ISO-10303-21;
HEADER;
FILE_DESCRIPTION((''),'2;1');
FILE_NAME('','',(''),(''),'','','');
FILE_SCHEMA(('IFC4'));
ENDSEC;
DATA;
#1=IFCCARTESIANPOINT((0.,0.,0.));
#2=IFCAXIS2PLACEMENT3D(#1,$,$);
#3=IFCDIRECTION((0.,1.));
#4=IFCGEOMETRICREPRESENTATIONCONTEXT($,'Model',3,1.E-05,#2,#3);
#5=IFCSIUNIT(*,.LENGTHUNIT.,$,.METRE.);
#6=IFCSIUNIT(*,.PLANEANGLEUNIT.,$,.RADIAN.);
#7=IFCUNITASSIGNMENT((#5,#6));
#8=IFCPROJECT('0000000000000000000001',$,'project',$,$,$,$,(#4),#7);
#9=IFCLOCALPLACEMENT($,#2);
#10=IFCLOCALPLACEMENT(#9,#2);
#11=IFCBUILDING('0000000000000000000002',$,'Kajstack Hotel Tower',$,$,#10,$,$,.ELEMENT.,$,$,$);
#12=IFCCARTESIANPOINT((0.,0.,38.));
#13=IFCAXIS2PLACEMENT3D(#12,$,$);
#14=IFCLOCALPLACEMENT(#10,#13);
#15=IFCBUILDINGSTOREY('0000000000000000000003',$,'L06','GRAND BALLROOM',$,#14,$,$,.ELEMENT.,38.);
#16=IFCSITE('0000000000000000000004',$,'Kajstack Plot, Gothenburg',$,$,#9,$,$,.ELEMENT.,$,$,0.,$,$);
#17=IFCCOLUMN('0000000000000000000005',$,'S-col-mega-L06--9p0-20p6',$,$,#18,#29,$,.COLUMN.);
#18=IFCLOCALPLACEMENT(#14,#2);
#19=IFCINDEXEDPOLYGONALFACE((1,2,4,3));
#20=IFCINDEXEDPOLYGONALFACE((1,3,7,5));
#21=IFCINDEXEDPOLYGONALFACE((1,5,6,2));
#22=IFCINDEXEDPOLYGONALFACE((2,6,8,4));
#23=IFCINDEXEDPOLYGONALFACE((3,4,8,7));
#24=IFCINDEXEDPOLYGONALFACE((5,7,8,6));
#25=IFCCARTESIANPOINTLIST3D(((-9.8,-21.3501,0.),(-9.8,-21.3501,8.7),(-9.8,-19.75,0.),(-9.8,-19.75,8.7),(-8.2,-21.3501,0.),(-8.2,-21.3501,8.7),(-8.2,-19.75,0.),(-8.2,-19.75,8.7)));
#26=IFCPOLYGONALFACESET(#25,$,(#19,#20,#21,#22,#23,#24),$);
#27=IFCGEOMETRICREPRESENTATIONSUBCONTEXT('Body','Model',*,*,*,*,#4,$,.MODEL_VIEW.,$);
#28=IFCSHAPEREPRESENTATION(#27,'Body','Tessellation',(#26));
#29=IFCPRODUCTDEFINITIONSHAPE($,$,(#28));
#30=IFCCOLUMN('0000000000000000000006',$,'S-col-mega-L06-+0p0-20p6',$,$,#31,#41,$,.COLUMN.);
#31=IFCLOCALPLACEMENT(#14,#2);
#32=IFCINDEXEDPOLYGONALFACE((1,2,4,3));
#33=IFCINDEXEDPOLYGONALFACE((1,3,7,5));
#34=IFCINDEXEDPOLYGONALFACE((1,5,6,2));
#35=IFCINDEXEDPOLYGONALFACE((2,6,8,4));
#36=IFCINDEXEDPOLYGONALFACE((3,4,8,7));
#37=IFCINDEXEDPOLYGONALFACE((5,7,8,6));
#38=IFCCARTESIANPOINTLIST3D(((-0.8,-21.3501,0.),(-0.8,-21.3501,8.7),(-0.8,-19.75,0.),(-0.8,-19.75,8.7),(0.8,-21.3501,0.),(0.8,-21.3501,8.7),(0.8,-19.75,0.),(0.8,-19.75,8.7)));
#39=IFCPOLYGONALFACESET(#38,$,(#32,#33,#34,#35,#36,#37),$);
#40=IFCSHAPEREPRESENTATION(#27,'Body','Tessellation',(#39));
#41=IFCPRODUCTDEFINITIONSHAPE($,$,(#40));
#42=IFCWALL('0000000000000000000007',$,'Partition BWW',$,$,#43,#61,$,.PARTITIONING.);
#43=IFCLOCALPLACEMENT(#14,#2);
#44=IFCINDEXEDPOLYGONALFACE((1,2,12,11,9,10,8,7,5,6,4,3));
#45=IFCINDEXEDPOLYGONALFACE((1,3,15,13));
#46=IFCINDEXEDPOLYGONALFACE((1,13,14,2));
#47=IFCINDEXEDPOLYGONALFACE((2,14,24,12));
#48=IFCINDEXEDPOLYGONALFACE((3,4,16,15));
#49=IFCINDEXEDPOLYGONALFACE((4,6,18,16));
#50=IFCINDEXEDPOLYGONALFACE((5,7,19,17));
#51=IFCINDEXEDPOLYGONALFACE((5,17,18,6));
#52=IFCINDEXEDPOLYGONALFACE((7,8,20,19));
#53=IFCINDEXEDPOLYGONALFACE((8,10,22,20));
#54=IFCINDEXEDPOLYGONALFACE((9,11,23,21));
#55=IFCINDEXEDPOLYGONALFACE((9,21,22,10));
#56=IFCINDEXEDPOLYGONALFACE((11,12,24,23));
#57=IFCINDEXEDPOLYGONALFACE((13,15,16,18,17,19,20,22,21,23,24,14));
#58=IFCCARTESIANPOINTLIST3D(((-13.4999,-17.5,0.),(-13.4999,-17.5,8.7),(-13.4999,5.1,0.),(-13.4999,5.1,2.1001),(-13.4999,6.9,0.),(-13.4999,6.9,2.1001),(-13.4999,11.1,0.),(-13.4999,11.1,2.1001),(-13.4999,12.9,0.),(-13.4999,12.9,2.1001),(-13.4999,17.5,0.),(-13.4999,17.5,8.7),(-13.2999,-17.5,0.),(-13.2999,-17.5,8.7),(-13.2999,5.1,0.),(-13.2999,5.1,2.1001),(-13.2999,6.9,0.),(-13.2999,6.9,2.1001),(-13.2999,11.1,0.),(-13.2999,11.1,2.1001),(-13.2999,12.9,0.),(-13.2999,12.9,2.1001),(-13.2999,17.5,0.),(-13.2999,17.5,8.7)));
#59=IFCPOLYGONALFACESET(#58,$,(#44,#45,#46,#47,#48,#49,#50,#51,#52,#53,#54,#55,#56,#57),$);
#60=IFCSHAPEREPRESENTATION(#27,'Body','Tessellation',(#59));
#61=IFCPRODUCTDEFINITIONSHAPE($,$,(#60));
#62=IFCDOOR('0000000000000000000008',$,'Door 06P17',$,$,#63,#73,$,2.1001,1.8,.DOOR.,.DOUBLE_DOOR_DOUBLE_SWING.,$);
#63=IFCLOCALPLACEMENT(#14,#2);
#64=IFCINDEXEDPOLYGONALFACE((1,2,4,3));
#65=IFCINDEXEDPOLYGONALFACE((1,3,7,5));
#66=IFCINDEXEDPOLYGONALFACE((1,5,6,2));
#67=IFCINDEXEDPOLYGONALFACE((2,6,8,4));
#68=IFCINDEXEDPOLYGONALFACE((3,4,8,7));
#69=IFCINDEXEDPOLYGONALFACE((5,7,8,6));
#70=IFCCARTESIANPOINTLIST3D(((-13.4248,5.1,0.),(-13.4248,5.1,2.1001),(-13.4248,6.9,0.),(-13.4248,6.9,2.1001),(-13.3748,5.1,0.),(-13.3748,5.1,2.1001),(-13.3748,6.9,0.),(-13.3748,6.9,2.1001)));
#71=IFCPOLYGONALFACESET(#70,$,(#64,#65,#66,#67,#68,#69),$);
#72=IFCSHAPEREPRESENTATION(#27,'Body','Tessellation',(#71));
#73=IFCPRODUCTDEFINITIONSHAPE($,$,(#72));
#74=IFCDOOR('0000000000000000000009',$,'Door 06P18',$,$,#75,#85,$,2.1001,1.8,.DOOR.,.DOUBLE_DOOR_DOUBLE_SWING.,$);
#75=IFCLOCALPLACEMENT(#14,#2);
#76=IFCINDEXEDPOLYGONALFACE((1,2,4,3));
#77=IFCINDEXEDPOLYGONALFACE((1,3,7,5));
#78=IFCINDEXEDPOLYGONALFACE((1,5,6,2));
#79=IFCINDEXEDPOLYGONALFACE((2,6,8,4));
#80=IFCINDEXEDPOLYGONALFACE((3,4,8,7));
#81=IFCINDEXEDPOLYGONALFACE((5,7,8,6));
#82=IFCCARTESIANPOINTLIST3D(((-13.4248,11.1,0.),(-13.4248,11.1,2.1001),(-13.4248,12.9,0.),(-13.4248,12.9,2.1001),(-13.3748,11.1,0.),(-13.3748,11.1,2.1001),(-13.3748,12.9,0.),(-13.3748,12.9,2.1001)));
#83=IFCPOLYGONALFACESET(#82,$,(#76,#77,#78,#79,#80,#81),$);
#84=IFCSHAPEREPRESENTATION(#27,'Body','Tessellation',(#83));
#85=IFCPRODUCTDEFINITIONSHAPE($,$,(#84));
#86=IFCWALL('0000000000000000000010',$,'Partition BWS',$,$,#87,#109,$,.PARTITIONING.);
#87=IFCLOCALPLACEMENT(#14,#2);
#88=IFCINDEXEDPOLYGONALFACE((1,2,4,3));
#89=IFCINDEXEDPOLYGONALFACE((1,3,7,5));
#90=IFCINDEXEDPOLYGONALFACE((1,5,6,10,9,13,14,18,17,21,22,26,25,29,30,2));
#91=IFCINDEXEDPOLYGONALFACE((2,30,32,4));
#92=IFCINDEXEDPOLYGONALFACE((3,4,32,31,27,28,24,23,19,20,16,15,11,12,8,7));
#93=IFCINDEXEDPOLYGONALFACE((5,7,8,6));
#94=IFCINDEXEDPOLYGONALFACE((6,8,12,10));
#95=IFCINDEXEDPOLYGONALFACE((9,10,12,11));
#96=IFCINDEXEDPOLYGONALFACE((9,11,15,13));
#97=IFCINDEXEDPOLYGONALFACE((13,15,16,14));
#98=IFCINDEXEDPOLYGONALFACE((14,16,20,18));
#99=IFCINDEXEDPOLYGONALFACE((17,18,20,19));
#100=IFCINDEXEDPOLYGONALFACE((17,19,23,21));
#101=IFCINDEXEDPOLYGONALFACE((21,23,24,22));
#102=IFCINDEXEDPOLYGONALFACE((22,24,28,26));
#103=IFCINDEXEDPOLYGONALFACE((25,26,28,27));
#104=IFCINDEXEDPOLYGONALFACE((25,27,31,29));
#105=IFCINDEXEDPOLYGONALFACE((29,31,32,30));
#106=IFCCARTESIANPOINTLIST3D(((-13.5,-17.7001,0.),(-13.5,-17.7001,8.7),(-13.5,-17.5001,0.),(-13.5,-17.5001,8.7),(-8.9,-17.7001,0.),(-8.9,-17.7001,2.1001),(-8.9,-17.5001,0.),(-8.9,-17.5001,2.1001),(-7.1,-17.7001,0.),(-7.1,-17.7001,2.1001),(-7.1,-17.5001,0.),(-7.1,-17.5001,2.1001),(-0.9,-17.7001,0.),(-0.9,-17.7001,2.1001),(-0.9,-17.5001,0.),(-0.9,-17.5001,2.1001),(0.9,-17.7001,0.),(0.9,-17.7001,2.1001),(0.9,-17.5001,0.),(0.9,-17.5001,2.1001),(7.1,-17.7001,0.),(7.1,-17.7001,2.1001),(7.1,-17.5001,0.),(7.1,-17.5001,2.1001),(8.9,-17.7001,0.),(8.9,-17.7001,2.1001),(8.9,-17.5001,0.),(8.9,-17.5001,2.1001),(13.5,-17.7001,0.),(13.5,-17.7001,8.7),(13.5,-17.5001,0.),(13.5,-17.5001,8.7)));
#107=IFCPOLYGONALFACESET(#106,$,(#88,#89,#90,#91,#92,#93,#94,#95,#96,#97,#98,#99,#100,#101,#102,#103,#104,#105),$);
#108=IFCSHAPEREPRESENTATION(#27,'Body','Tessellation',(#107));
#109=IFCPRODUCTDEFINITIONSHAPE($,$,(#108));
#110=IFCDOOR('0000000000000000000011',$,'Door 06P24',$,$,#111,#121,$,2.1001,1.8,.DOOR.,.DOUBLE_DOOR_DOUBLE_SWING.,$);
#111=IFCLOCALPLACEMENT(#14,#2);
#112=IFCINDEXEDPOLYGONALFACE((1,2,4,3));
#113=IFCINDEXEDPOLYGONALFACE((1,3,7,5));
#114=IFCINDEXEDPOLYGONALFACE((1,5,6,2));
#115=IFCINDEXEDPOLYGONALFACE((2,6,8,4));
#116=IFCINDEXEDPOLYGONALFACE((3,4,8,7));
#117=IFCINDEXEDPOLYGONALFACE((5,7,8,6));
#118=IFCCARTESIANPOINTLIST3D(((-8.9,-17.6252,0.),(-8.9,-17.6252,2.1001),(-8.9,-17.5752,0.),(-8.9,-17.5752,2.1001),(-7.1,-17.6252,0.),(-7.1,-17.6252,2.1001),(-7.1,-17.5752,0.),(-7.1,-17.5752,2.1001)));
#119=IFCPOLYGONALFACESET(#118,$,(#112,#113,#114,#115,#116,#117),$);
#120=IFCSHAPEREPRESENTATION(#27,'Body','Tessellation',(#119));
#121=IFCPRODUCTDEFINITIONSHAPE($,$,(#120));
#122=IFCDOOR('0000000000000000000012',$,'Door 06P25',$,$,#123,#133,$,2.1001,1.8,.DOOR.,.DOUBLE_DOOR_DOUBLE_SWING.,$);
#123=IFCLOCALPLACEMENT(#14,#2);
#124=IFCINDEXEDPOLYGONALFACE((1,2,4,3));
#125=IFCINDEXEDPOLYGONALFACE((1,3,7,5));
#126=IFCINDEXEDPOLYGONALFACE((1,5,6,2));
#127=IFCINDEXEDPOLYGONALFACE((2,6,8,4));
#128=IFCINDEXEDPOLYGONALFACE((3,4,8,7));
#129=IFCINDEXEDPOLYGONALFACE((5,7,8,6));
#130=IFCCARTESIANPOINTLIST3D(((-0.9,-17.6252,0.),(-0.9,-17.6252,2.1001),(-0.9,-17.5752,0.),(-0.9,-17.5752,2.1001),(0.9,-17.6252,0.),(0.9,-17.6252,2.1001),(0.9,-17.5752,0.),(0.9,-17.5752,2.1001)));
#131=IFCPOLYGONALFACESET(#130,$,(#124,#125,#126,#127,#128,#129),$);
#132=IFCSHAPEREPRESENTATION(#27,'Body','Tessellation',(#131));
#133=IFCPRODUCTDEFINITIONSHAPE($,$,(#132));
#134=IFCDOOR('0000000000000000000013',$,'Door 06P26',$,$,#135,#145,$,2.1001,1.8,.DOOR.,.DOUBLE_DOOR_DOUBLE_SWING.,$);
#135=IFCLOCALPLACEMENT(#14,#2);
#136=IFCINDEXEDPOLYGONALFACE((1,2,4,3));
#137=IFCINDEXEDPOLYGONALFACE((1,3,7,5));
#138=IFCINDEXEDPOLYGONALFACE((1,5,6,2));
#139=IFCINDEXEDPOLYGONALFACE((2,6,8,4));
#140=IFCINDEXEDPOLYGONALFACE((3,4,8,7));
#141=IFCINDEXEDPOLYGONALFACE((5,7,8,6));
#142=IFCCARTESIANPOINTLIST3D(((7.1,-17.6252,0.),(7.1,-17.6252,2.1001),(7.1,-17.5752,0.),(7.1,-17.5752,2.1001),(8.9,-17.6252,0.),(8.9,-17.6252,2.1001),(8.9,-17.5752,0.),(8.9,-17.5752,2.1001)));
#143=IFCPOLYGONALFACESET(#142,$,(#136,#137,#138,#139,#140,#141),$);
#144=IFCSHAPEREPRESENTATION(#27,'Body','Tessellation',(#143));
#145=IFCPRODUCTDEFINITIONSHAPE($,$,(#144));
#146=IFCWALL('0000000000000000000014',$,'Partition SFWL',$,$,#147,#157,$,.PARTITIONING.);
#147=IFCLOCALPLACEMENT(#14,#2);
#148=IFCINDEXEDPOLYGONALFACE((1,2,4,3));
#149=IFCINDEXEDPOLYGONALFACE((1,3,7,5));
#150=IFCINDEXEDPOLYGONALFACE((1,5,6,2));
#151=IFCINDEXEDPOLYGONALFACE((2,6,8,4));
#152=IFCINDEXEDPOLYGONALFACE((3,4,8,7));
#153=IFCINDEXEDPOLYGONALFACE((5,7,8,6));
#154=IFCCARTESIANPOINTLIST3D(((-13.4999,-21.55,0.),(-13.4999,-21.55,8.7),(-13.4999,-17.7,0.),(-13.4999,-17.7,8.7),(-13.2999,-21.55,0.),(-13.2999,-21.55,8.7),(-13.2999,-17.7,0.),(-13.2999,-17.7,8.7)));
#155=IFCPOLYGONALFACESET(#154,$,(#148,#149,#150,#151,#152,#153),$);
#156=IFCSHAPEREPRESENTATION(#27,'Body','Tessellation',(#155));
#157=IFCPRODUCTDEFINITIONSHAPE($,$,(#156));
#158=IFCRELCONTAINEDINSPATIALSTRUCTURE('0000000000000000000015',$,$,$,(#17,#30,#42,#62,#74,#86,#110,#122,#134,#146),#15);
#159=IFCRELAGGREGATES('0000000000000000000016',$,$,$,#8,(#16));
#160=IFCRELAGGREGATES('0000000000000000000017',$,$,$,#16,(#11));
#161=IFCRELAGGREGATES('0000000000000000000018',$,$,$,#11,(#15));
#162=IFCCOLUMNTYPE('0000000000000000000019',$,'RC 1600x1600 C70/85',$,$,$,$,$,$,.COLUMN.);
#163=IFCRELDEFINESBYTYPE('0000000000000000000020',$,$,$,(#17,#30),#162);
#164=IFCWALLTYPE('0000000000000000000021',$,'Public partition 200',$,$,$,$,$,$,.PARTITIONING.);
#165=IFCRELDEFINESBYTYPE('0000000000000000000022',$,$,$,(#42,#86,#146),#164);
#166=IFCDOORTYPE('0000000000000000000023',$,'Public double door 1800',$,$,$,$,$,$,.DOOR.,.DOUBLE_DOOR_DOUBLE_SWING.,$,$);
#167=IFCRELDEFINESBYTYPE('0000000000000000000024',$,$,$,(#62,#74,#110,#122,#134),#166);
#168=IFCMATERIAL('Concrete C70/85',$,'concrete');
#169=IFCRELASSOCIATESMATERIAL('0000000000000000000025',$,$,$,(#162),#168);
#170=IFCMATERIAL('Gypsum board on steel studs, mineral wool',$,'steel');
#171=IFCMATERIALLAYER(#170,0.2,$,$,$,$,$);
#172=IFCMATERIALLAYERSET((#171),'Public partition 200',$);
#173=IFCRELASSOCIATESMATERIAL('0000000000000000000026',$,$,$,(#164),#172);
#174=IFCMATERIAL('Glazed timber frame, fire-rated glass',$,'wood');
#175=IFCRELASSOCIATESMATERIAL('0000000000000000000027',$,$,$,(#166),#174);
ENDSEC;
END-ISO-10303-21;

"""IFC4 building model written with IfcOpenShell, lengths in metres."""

from ifc_helpers import new_model, si_unit, direction, frame, frame_2d, origin, origin_2d, place, context, subcontext, project, spatial, rectangle, extrude, material, layer, layer_set, material_profile, profile_set, type_object, element, fill, save


model = new_model("IFC4")

# Units and contexts
model_context = context("Model", 3, precision=1e-05, world=origin(), true_north=direction((0.0, 1.0)))
body_context = subcontext(model_context, "Body", "Model", "MODEL_VIEW")
ifc_project = project(units=[si_unit("LENGTHUNIT", "METRE"), si_unit("PLANEANGLEUNIT", "RADIAN")], contexts=[model_context])

# Site, building, storey
site_placement = place(None, origin())
site = spatial("IfcSite", under=ifc_project, at=site_placement, Name="Kajstack Plot, Gothenburg", CompositionType="ELEMENT", RefElevation=0.0)
building_placement = place(site_placement, origin())
building = spatial("IfcBuilding", under=site, at=building_placement, Name="Kajstack Hotel Tower", CompositionType="ELEMENT")
storey_placement = place(building_placement, frame((0.0, 0.0, 38.0)))
storey = spatial("IfcBuildingStorey", under=building, at=storey_placement, Name="L06", Description="GRAND BALLROOM", CompositionType="ELEMENT", Elevation=38.0)

# Columns
ifc_material_1 = material(Name="Concrete C70/85", Category="concrete")
ifc_material_profile = material_profile(ifc_material_1, rectangle(XDim=1.6001, YDim=1.6001, at=origin_2d()), Name="RC 1600x1600")
ifc_profile_set = profile_set([ifc_material_profile], Name="Concrete C70/85")
column_type = type_object("IfcColumnType", Name="RC 1600x1600 C70/85", PredefinedType="COLUMN", material=ifc_profile_set)
for number, where, z_axis, x_axis, name in (
    (1, (-9.0, -20.55, 0.0), (0.0, 0.0, 1.0), (1.0, 0.0, 0.0), "S-col-mega-L06--9p0-20p6"),
    (2, (0.0, -20.55, 0.0), (0.0, 0.0, 1.0), (1.0, 0.0, 0.0), "S-col-mega-L06-+0p0-20p6"),
):
    element("IfcColumn", number, at=place(storey_placement, frame(where, z_axis=z_axis, x_axis=x_axis)), inside=storey, type_object=column_type, Name=name, PredefinedType="COLUMN", context=body_context, shape_type="SweptSolid", body=[
        extrude(rectangle(XDim=1.6001, YDim=1.6001, at=origin_2d()), origin(), (0.0, 0.0, 1.0), 8.7),
    ])

# Walls, openings, doors
ifc_material_2 = material(Name="Gypsum board on steel studs, mineral wool", Category="steel")
ifc_layer = layer(ifc_material_2, 0.2)
ifc_layer_set = layer_set([ifc_layer], Name="Public partition 200")
wall_type = type_object("IfcWallType", Name="Public partition 200", PredefinedType="PARTITIONING", material=ifc_layer_set)
wall_1_placement = place(storey_placement, frame((-13.3999, -17.5, 0.0), z_axis=(0.0, 0.0, 1.0), x_axis=(0.0, 1.0, 0.0)))
wall_1 = element("IfcWall", 3, at=wall_1_placement, inside=storey, type_object=wall_type, Name="Partition BWW", PredefinedType="PARTITIONING", context=body_context, shape_type="SweptSolid", body=[
    extrude(rectangle(XDim=35.0, YDim=0.2, at=frame_2d((17.5, 0.0))), origin(), (0.0, 0.0, 1.0), 8.7),
])
opening_1_placement = place(wall_1_placement, frame((22.6001, 0.0, 0.0)))
opening_1 = element("IfcOpeningElement", 4, at=opening_1_placement, cuts=wall_1, PredefinedType="OPENING", context=body_context, shape_type="SweptSolid", body=[
    extrude(rectangle(XDim=1.8, YDim=2.1001, at=frame_2d((0.8999, 1.05))), frame((0.0, 0.1099, 0.0), z_axis=(0.0, -1.0, 0.0), x_axis=(1.0, 0.0, 0.0)), (0.0, 0.0, 1.0), 0.22),
])
opening_2_placement = place(wall_1_placement, frame((28.6001, 0.0, 0.0)))
opening_2 = element("IfcOpeningElement", 5, at=opening_2_placement, cuts=wall_1, PredefinedType="OPENING", context=body_context, shape_type="SweptSolid", body=[
    extrude(rectangle(XDim=1.8, YDim=2.1001, at=frame_2d((0.8999, 1.05))), frame((0.0, 0.1099, 0.0), z_axis=(0.0, -1.0, 0.0), x_axis=(1.0, 0.0, 0.0)), (0.0, 0.0, 1.0), 0.22),
])
ifc_material_3 = material(Name="Glazed timber frame, fire-rated glass", Category="wood")
door_type = type_object("IfcDoorType", Name="Public double door 1800", OperationType="DOUBLE_DOOR_DOUBLE_SWING", PredefinedType="DOOR", material=ifc_material_3)
door_1_placement = place(opening_1_placement, origin())
door_1 = element("IfcDoor", 6, at=door_1_placement, inside=storey, type_object=door_type, Name="Door 06P17", OperationType="DOUBLE_DOOR_DOUBLE_SWING", OverallHeight=2.1001, OverallWidth=1.8, PredefinedType="DOOR", context=body_context, shape_type="SweptSolid", body=[
    extrude(rectangle(XDim=1.8, YDim=2.1001, at=frame_2d((0.8999, 1.05))), frame((0.0, 0.0249, 0.0), z_axis=(0.0, -1.0, 0.0), x_axis=(1.0, 0.0, 0.0)), (0.0, 0.0, 1.0), 0.05),
])
fill(opening_1, door_1)
door_2_placement = place(opening_2_placement, origin())
door_2 = element("IfcDoor", 7, at=door_2_placement, inside=storey, type_object=door_type, Name="Door 06P18", OperationType="DOUBLE_DOOR_DOUBLE_SWING", OverallHeight=2.1001, OverallWidth=1.8, PredefinedType="DOOR", context=body_context, shape_type="SweptSolid", body=[
    extrude(rectangle(XDim=1.8, YDim=2.1001, at=frame_2d((0.8999, 1.05))), frame((0.0, 0.0249, 0.0), z_axis=(0.0, -1.0, 0.0), x_axis=(1.0, 0.0, 0.0)), (0.0, 0.0, 1.0), 0.05),
])
fill(opening_2, door_2)
wall_2_placement = place(storey_placement, frame((-13.5, -17.6001, 0.0), z_axis=(0.0, 0.0, 1.0), x_axis=(1.0, 0.0, 0.0)))
wall_2 = element("IfcWall", 8, at=wall_2_placement, inside=storey, type_object=wall_type, Name="Partition BWS", PredefinedType="PARTITIONING", context=body_context, shape_type="SweptSolid", body=[
    extrude(rectangle(XDim=27.0, YDim=0.2, at=frame_2d((13.5, 0.0))), origin(), (0.0, 0.0, 1.0), 8.7),
])
opening_3_placement = place(wall_2_placement, frame((4.6001, 0.0, 0.0)))
opening_3 = element("IfcOpeningElement", 9, at=opening_3_placement, cuts=wall_2, PredefinedType="OPENING", context=body_context, shape_type="SweptSolid", body=[
    extrude(rectangle(XDim=1.8, YDim=2.1001, at=frame_2d((0.8999, 1.05))), frame((0.0, 0.1099, 0.0), z_axis=(0.0, -1.0, 0.0), x_axis=(1.0, 0.0, 0.0)), (0.0, 0.0, 1.0), 0.22),
])
opening_4_placement = place(wall_2_placement, frame((12.6001, 0.0, 0.0)))
opening_4 = element("IfcOpeningElement", 10, at=opening_4_placement, cuts=wall_2, PredefinedType="OPENING", context=body_context, shape_type="SweptSolid", body=[
    extrude(rectangle(XDim=1.8, YDim=2.1001, at=frame_2d((0.8999, 1.05))), frame((0.0, 0.1099, 0.0), z_axis=(0.0, -1.0, 0.0), x_axis=(1.0, 0.0, 0.0)), (0.0, 0.0, 1.0), 0.22),
])
opening_5_placement = place(wall_2_placement, frame((20.6001, 0.0, 0.0)))
opening_5 = element("IfcOpeningElement", 11, at=opening_5_placement, cuts=wall_2, PredefinedType="OPENING", context=body_context, shape_type="SweptSolid", body=[
    extrude(rectangle(XDim=1.8, YDim=2.1001, at=frame_2d((0.8999, 1.05))), frame((0.0, 0.1099, 0.0), z_axis=(0.0, -1.0, 0.0), x_axis=(1.0, 0.0, 0.0)), (0.0, 0.0, 1.0), 0.22),
])
door_3_placement = place(opening_3_placement, origin())
door_3 = element("IfcDoor", 12, at=door_3_placement, inside=storey, type_object=door_type, Name="Door 06P24", OperationType="DOUBLE_DOOR_DOUBLE_SWING", OverallHeight=2.1001, OverallWidth=1.8, PredefinedType="DOOR", context=body_context, shape_type="SweptSolid", body=[
    extrude(rectangle(XDim=1.8, YDim=2.1001, at=frame_2d((0.8999, 1.05))), frame((0.0, 0.0249, 0.0), z_axis=(0.0, -1.0, 0.0), x_axis=(1.0, 0.0, 0.0)), (0.0, 0.0, 1.0), 0.05),
])
fill(opening_3, door_3)
door_4_placement = place(opening_4_placement, origin())
door_4 = element("IfcDoor", 13, at=door_4_placement, inside=storey, type_object=door_type, Name="Door 06P25", OperationType="DOUBLE_DOOR_DOUBLE_SWING", OverallHeight=2.1001, OverallWidth=1.8, PredefinedType="DOOR", context=body_context, shape_type="SweptSolid", body=[
    extrude(rectangle(XDim=1.8, YDim=2.1001, at=frame_2d((0.8999, 1.05))), frame((0.0, 0.0249, 0.0), z_axis=(0.0, -1.0, 0.0), x_axis=(1.0, 0.0, 0.0)), (0.0, 0.0, 1.0), 0.05),
])
fill(opening_4, door_4)
door_5_placement = place(opening_5_placement, origin())
door_5 = element("IfcDoor", 14, at=door_5_placement, inside=storey, type_object=door_type, Name="Door 06P26", OperationType="DOUBLE_DOOR_DOUBLE_SWING", OverallHeight=2.1001, OverallWidth=1.8, PredefinedType="DOOR", context=body_context, shape_type="SweptSolid", body=[
    extrude(rectangle(XDim=1.8, YDim=2.1001, at=frame_2d((0.8999, 1.05))), frame((0.0, 0.0249, 0.0), z_axis=(0.0, -1.0, 0.0), x_axis=(1.0, 0.0, 0.0)), (0.0, 0.0, 1.0), 0.05),
])
fill(opening_5, door_5)

# Wall
wall_3_placement = place(storey_placement, frame((-13.3999, -21.55, 0.0), z_axis=(0.0, 0.0, 1.0), x_axis=(0.0, 1.0, 0.0)))
element("IfcWall", 15, at=wall_3_placement, inside=storey, type_object=wall_type, Name="Partition SFWL", PredefinedType="PARTITIONING", context=body_context, shape_type="SweptSolid", body=[
    extrude(rectangle(XDim=3.8501, YDim=0.2, at=frame_2d((1.925, 0.0))), origin(), (0.0, 0.0, 1.0), 8.7),
])

save(model, "model.ifc")
